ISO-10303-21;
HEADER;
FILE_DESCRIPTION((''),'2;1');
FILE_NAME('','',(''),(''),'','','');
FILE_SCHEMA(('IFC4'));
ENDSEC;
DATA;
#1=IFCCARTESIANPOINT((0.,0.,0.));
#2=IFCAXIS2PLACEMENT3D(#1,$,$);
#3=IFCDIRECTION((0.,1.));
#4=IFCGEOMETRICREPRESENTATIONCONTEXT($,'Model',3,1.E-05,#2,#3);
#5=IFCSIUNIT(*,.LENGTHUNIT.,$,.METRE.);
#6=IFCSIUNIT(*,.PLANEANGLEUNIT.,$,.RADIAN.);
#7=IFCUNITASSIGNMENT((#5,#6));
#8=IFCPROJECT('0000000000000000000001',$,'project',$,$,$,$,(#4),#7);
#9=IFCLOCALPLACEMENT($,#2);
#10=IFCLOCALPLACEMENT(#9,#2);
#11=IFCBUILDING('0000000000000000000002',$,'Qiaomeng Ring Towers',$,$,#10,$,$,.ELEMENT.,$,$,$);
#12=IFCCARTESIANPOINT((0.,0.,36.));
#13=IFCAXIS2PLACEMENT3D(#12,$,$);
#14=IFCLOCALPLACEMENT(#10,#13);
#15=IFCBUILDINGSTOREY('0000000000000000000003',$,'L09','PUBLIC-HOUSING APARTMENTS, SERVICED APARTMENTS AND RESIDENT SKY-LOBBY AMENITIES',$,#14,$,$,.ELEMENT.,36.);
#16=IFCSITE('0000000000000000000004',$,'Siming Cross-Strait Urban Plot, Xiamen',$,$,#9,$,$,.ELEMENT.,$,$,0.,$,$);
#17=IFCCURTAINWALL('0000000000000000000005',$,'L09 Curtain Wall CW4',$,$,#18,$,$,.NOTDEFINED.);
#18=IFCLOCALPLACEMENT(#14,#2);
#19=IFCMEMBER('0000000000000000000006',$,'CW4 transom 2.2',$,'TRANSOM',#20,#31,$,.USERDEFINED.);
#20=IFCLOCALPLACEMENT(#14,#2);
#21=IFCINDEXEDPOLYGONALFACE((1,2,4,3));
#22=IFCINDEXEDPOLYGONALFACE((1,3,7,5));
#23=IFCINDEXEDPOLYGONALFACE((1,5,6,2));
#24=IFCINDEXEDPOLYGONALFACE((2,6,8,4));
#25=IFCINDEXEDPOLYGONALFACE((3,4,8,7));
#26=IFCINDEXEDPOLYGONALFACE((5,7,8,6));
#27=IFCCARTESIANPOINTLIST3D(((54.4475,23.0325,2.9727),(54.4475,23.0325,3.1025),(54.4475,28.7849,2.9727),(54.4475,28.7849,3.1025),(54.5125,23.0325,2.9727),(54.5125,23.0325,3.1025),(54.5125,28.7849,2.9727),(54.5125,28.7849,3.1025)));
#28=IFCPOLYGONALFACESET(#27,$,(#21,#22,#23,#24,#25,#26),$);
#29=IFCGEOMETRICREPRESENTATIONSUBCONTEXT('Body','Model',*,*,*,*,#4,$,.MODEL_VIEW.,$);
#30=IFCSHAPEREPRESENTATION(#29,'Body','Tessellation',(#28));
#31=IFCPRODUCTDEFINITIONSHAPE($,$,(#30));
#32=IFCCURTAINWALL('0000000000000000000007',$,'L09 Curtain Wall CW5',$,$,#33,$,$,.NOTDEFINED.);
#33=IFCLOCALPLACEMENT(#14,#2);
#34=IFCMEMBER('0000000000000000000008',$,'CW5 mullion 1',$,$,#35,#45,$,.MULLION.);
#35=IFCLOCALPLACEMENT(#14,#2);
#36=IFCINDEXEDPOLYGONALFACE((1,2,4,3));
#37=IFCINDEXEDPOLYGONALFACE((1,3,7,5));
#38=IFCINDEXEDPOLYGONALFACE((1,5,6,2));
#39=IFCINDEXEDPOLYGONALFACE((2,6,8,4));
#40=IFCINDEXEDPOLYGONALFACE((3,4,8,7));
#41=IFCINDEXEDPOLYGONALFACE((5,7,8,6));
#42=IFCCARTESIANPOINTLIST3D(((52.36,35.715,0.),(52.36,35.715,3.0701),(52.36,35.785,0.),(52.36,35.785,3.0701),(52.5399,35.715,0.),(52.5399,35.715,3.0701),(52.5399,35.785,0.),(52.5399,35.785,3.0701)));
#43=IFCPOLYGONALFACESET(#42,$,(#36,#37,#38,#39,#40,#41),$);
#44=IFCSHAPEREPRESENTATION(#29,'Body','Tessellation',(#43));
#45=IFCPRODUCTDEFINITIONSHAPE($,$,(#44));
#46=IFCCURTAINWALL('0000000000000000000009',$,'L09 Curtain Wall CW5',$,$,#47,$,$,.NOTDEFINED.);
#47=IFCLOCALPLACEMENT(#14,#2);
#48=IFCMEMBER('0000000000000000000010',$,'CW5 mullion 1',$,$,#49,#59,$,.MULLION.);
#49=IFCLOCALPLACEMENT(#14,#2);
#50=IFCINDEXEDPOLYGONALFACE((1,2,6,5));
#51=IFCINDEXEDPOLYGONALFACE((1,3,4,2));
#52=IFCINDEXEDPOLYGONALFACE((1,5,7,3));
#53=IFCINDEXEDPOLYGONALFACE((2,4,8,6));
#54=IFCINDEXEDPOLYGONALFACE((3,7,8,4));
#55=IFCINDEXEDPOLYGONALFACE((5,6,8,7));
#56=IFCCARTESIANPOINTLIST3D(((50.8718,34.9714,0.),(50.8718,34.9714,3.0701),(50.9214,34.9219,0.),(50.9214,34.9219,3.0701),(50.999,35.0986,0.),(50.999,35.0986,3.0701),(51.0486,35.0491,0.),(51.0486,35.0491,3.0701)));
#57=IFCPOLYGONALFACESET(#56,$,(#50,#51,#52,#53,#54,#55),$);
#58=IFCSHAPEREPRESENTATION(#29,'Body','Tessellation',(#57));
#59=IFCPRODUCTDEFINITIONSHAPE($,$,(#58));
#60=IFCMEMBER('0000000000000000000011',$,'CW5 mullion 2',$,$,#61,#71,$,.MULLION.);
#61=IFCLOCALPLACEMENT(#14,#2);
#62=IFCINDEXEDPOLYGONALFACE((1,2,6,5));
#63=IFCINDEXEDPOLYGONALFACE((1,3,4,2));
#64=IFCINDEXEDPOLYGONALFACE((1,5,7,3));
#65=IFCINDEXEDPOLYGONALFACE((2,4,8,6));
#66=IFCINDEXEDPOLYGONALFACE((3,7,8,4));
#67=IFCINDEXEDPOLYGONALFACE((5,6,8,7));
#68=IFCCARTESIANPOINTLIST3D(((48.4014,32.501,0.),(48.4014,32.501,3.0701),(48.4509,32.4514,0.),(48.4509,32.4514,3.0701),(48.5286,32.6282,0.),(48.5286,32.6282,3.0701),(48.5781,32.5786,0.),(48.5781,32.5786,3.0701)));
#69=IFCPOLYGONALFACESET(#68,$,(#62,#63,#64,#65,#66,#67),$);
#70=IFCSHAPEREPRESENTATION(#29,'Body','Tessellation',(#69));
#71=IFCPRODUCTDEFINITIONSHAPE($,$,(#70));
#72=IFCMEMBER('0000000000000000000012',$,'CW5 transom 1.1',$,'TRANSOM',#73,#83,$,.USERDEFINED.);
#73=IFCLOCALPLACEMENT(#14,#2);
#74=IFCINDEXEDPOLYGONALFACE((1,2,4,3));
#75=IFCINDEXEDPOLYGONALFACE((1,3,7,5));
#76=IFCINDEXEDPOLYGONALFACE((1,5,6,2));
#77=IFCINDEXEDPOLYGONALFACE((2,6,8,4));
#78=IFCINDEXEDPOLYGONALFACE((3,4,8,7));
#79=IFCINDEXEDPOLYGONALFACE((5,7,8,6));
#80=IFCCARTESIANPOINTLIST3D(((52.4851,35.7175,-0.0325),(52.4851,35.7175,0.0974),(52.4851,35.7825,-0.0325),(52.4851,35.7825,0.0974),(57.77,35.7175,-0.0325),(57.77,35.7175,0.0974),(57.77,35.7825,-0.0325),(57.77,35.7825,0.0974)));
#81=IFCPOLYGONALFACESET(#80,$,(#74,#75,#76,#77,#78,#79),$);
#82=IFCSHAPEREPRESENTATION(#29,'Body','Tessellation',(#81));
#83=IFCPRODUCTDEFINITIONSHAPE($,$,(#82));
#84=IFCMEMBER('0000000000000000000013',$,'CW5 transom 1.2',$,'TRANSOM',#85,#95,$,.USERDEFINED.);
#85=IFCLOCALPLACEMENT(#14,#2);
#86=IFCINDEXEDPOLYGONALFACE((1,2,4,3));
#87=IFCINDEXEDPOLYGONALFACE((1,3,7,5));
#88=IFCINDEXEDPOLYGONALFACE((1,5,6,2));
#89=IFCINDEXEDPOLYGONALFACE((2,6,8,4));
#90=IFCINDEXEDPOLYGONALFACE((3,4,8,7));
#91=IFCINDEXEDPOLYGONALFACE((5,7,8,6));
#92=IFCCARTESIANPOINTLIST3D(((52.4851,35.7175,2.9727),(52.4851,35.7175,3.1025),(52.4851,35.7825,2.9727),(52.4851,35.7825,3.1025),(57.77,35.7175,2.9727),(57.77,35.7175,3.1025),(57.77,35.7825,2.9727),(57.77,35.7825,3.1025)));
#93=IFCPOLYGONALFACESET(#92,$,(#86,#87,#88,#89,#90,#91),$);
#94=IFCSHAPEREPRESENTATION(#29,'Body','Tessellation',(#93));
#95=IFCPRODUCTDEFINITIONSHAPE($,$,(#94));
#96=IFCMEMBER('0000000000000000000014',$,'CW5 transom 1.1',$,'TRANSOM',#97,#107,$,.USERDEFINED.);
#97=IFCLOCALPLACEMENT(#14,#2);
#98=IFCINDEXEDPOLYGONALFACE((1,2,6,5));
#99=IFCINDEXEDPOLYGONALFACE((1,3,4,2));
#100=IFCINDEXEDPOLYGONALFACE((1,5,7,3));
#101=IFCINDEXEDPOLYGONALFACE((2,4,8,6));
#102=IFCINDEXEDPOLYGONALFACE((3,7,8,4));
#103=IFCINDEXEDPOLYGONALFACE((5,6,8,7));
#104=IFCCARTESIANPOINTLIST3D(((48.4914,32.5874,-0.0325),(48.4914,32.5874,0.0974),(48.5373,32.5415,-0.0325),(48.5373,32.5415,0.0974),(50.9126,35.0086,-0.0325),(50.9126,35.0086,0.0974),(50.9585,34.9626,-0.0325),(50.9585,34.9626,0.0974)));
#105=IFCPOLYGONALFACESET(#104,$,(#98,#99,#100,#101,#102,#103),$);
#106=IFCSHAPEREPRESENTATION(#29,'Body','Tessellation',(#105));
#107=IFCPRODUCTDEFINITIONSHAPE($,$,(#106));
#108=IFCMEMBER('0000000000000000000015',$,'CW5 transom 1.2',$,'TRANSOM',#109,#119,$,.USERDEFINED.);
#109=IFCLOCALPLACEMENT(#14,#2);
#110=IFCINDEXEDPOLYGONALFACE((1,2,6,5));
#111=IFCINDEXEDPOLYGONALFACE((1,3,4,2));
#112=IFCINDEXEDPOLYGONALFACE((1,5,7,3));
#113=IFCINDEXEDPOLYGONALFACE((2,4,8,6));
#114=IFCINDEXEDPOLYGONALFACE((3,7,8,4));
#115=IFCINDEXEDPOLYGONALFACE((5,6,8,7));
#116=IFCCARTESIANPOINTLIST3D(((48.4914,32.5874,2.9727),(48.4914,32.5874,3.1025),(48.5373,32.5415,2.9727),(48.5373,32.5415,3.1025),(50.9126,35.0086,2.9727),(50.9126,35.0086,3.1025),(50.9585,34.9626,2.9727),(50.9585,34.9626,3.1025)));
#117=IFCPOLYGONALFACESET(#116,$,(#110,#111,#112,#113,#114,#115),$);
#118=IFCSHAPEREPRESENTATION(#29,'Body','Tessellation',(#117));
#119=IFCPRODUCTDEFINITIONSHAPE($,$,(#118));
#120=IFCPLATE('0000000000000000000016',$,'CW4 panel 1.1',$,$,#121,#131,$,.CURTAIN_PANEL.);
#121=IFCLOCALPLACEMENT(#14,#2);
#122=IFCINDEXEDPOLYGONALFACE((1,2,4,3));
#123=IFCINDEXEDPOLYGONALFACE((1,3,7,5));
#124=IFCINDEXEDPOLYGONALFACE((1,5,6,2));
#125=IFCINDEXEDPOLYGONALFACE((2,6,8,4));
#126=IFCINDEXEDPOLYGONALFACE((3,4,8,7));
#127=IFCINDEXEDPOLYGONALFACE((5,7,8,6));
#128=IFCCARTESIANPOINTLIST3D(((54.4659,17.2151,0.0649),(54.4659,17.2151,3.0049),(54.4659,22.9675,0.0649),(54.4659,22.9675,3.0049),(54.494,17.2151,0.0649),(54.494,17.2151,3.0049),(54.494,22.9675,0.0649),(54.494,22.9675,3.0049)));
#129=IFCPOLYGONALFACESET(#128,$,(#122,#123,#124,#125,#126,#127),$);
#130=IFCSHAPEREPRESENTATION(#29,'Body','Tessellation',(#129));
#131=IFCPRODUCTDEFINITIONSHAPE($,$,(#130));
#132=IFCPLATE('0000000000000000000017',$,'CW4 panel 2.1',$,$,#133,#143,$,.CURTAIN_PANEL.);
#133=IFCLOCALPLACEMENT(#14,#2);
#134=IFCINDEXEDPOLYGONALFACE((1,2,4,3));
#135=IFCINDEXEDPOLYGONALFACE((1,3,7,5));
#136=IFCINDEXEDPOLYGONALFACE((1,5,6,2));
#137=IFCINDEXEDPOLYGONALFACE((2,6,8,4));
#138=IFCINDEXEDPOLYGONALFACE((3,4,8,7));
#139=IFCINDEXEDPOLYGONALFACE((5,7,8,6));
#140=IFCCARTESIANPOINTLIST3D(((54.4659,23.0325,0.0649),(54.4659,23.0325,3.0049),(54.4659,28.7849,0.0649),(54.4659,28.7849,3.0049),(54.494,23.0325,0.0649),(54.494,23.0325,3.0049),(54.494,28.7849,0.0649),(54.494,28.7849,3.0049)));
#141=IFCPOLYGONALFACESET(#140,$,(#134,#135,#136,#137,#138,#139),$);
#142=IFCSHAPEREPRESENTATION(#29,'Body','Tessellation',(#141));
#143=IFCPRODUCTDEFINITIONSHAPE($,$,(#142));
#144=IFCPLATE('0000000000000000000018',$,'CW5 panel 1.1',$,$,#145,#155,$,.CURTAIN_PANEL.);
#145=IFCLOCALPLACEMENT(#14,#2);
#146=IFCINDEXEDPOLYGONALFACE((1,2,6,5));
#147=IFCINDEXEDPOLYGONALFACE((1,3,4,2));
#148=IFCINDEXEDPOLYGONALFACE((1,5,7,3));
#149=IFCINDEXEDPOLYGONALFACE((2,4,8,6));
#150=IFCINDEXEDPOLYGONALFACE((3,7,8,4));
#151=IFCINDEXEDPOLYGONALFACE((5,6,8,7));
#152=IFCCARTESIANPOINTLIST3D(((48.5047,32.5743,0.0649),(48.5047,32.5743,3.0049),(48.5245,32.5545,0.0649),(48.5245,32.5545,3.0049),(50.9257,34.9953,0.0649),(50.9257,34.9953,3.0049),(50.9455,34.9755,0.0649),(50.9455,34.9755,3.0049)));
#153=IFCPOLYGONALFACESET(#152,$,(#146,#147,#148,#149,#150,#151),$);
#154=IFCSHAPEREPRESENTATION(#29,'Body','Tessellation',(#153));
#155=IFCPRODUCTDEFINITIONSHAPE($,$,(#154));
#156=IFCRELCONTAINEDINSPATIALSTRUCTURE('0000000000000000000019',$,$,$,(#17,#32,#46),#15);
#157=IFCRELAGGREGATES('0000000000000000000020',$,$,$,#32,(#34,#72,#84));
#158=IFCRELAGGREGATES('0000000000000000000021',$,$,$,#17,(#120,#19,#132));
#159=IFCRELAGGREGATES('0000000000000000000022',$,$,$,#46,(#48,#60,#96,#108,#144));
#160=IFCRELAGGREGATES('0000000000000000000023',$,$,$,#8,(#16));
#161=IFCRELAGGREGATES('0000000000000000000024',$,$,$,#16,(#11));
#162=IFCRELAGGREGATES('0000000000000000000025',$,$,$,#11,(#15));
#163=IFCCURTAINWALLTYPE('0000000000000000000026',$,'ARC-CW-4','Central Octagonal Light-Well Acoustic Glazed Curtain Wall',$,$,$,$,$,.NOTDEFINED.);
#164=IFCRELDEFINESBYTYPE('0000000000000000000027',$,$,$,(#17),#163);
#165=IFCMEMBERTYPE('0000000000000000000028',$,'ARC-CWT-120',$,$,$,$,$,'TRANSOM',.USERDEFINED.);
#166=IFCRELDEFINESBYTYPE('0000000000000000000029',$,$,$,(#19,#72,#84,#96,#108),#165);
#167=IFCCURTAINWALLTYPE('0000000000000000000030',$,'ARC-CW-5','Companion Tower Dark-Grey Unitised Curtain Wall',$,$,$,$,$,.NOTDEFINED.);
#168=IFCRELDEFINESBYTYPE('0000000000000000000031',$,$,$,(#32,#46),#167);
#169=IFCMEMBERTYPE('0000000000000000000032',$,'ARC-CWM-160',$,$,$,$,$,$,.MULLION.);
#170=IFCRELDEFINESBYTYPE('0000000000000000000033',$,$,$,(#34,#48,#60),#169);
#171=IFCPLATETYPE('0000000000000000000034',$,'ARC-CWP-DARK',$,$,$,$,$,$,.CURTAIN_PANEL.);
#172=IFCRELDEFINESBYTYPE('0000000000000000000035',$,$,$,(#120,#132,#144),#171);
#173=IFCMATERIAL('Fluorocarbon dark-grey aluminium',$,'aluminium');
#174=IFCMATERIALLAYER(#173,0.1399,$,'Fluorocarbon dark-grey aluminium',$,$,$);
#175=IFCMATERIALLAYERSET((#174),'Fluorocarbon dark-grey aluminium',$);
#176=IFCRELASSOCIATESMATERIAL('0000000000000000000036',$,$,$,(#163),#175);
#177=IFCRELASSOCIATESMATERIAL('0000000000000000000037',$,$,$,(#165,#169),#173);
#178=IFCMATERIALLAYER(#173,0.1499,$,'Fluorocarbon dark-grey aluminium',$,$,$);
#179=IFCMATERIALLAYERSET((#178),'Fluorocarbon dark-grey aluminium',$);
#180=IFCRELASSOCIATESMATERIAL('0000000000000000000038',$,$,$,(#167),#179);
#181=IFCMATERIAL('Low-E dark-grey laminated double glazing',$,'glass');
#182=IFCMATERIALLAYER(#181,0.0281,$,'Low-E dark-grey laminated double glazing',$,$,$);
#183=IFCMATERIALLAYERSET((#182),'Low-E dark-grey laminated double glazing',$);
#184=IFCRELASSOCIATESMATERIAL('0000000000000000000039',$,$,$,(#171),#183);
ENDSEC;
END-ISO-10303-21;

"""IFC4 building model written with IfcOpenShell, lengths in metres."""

from ifc_helpers import new_model, si_unit, direction, frame, origin, origin_2d, place, context, subcontext, project, spatial, rectangle, extrude, source, transform, mapped, material, layer, layer_set, material_profile, profile_set, type_object, element, aggregate, save


model = new_model("IFC4")

# Units and contexts
model_context = context("Model", 3, precision=1e-05, world=origin(), true_north=direction((0.0, 1.0)))
body_context = subcontext(model_context, "Body", "Model", "MODEL_VIEW")
ifc_project = project(units=[si_unit("LENGTHUNIT", "METRE"), si_unit("PLANEANGLEUNIT", "RADIAN")], contexts=[model_context])

# Site, building, storey
site_placement = place(None, origin())
site = spatial("IfcSite", under=ifc_project, at=site_placement, Name="Siming Cross-Strait Urban Plot, Xiamen", CompositionType="ELEMENT", RefElevation=0.0)
building_placement = place(site_placement, origin())
building = spatial("IfcBuilding", under=site, at=building_placement, Name="Qiaomeng Ring Towers", CompositionType="ELEMENT")
storey_placement = place(building_placement, frame((0.0, 0.0, 36.0)))
storey = spatial("IfcBuildingStorey", under=building, at=storey_placement, Name="L09", Description="PUBLIC-HOUSING APARTMENTS, SERVICED APARTMENTS AND RESIDENT SKY-LOBBY AMENITIES", CompositionType="ELEMENT", Elevation=36.0)

# Curtain wall, member
ifc_material_1 = material(Name="Fluorocarbon dark-grey aluminium", Category="aluminium")
ifc_layer_1 = layer(ifc_material_1, 0.1399, Name="Fluorocarbon dark-grey aluminium")
ifc_layer_set_1 = layer_set([ifc_layer_1], Name="Fluorocarbon dark-grey aluminium")
curtain_wall_type_1 = type_object("IfcCurtainWallType", Name="ARC-CW-4", Description="Central Octagonal Light-Well Acoustic Glazed Curtain Wall", PredefinedType="NOTDEFINED", material=ifc_layer_set_1)
curtain_wall_1_placement = place(storey_placement, origin())
curtain_wall_1 = element("IfcCurtainWall", 1, at=curtain_wall_1_placement, inside=storey, type_object=curtain_wall_type_1, Name="L09 Curtain Wall CW4", PredefinedType="NOTDEFINED")
ifc_material_profile_1 = material_profile(ifc_material_1, rectangle(XDim=0.0649, YDim=0.1299, at=origin_2d()), Name="ALU TRAN 65x130")
ifc_profile_set_1 = profile_set([ifc_material_profile_1], Name="Fluorocarbon dark-grey aluminium")
member_type_1 = type_object("IfcMemberType", Name="ARC-CWT-120", ElementType="TRANSOM", PredefinedType="USERDEFINED", material=ifc_profile_set_1)
shared_shape_1 = source(origin(), body_context, "Body", "SweptSolid", [
    extrude(rectangle(XDim=0.0649, YDim=0.1299, at=origin_2d()), origin(), (0.0, 0.0, 1.0), 5.7524),
])
member_1_placement = place(storey_placement, frame((54.48, 23.0325, 3.0376), z_axis=(0.0, 1.0, 0.0), x_axis=(-1.0, 0.0, 0.0)))
member_1 = element("IfcMember", 2, at=member_1_placement, type_object=member_type_1, Name="CW4 transom 2.2", ObjectType="TRANSOM", PredefinedType="USERDEFINED", context=body_context, shape_type="MappedRepresentation", body=[
    mapped(shared_shape_1, transform((0.0, 0.0, 0.0), x_axis=(1.0, 0.0, 0.0), y_axis=(0.0, 1.0, 0.0), z_axis=(0.0, 0.0, 1.0), scale=1.0)),
])

# Curtain wall, member
ifc_layer_2 = layer(ifc_material_1, 0.1499, Name="Fluorocarbon dark-grey aluminium")
ifc_layer_set_2 = layer_set([ifc_layer_2], Name="Fluorocarbon dark-grey aluminium")
curtain_wall_type_2 = type_object("IfcCurtainWallType", Name="ARC-CW-5", Description="Companion Tower Dark-Grey Unitised Curtain Wall", PredefinedType="NOTDEFINED", material=ifc_layer_set_2)
curtain_wall_2_placement = place(storey_placement, origin())
curtain_wall_2 = element("IfcCurtainWall", 3, at=curtain_wall_2_placement, inside=storey, type_object=curtain_wall_type_2, Name="L09 Curtain Wall CW5", PredefinedType="NOTDEFINED")
ifc_material_profile_2 = material_profile(ifc_material_1, rectangle(XDim=0.0701, YDim=0.1799, at=origin_2d()), Name="ALU MULL 70x180")
ifc_profile_set_2 = profile_set([ifc_material_profile_2], Name="Fluorocarbon dark-grey aluminium")
member_type_2 = type_object("IfcMemberType", Name="ARC-CWM-160", PredefinedType="MULLION", material=ifc_profile_set_2)
shared_shape_2 = source(origin(), body_context, "Body", "SweptSolid", [
    extrude(rectangle(XDim=0.0701, YDim=0.1799, at=origin_2d()), origin(), (0.0, 0.0, 1.0), 3.0701),
])
member_2_placement = place(storey_placement, frame((52.45, 35.75, 0.0), z_axis=(0.0, 0.0, 1.0), x_axis=(0.0, 1.0, 0.0)))
member_2 = element("IfcMember", 4, at=member_2_placement, type_object=member_type_2, Name="CW5 mullion 1", PredefinedType="MULLION", context=body_context, shape_type="MappedRepresentation", body=[
    mapped(shared_shape_2, transform((0.0, 0.0, 0.0), x_axis=(1.0, 0.0, 0.0), y_axis=(0.0, 1.0, 0.0), z_axis=(0.0, 0.0, 1.0), scale=1.0)),
])

# Curtain wall, members
curtain_wall_3_placement = place(storey_placement, origin())
curtain_wall_3 = element("IfcCurtainWall", 5, at=curtain_wall_3_placement, inside=storey, type_object=curtain_wall_type_2, Name="L09 Curtain Wall CW5", PredefinedType="NOTDEFINED")
member_3_placement = place(storey_placement, frame((50.9602, 35.0103, 0.0), z_axis=(0.0, 0.0, 1.0), x_axis=(0.707107, -0.707107, 0.0)))
member_3 = element("IfcMember", 6, at=member_3_placement, type_object=member_type_2, Name="CW5 mullion 1", PredefinedType="MULLION", context=body_context, shape_type="MappedRepresentation", body=[
    mapped(shared_shape_2, transform((0.0, 0.0, 0.0), x_axis=(1.0, 0.0, 0.0), y_axis=(0.0, 1.0, 0.0), z_axis=(0.0, 0.0, 1.0), scale=1.0)),
])
member_4_placement = place(storey_placement, frame((48.4897, 32.5398, 0.0), z_axis=(0.0, 0.0, 1.0), x_axis=(0.707107, -0.707107, 0.0)))
member_4 = element("IfcMember", 7, at=member_4_placement, type_object=member_type_2, Name="CW5 mullion 2", PredefinedType="MULLION", context=body_context, shape_type="MappedRepresentation", body=[
    mapped(shared_shape_2, transform((0.0, 0.0, 0.0), x_axis=(1.0, 0.0, 0.0), y_axis=(0.0, 1.0, 0.0), z_axis=(0.0, 0.0, 1.0), scale=1.0)),
])

# Members
shared_shape_3 = source(origin(), body_context, "Body", "SweptSolid", [
    extrude(rectangle(XDim=0.0649, YDim=0.1299, at=origin_2d()), origin(), (0.0, 0.0, 1.0), 5.2849),
])
member_5_placement = place(storey_placement, frame((52.4851, 35.75, 0.0325), z_axis=(1.0, 0.0, 0.0), x_axis=(0.0, 1.0, 0.0)))
member_5 = element("IfcMember", 8, at=member_5_placement, type_object=member_type_1, Name="CW5 transom 1.1", ObjectType="TRANSOM", PredefinedType="USERDEFINED", context=body_context, shape_type="MappedRepresentation", body=[
    mapped(shared_shape_3, transform((0.0, 0.0, 0.0), x_axis=(1.0, 0.0, 0.0), y_axis=(0.0, 1.0, 0.0), z_axis=(0.0, 0.0, 1.0), scale=1.0)),
])
member_6_placement = place(storey_placement, frame((52.4851, 35.75, 3.0376), z_axis=(1.0, 0.0, 0.0), x_axis=(0.0, 1.0, 0.0)))
member_6 = element("IfcMember", 9, at=member_6_placement, type_object=member_type_1, Name="CW5 transom 1.2", ObjectType="TRANSOM", PredefinedType="USERDEFINED", context=body_context, shape_type="MappedRepresentation", body=[
    mapped(shared_shape_3, transform((0.0, 0.0, 0.0), x_axis=(1.0, 0.0, 0.0), y_axis=(0.0, 1.0, 0.0), z_axis=(0.0, 0.0, 1.0), scale=1.0)),
])
aggregate(curtain_wall_2, [member_2, member_5, member_6])
shared_shape_4 = source(origin(), body_context, "Body", "SweptSolid", [
    extrude(rectangle(XDim=0.0649, YDim=0.1299, at=origin_2d()), origin(), (0.0, 0.0, 1.0), 3.4241),
])
member_7_placement = place(storey_placement, frame((50.9355, 34.9856, 0.0325), z_axis=(-0.707107, -0.707107, 0.0), x_axis=(0.707107, -0.707107, 0.0)))
member_7 = element("IfcMember", 10, at=member_7_placement, type_object=member_type_1, Name="CW5 transom 1.1", ObjectType="TRANSOM", PredefinedType="USERDEFINED", context=body_context, shape_type="MappedRepresentation", body=[
    mapped(shared_shape_4, transform((0.0, 0.0, 0.0), x_axis=(1.0, 0.0, 0.0), y_axis=(0.0, 1.0, 0.0), z_axis=(0.0, 0.0, 1.0), scale=1.0)),
])
member_8_placement = place(storey_placement, frame((50.9355, 34.9856, 3.0376), z_axis=(-0.707107, -0.707107, 0.0), x_axis=(0.707107, -0.707107, 0.0)))
member_8 = element("IfcMember", 11, at=member_8_placement, type_object=member_type_1, Name="CW5 transom 1.2", ObjectType="TRANSOM", PredefinedType="USERDEFINED", context=body_context, shape_type="MappedRepresentation", body=[
    mapped(shared_shape_4, transform((0.0, 0.0, 0.0), x_axis=(1.0, 0.0, 0.0), y_axis=(0.0, 1.0, 0.0), z_axis=(0.0, 0.0, 1.0), scale=1.0)),
])

# Plates
ifc_material_2 = material(Name="Low-E dark-grey laminated double glazing", Category="glass")
ifc_layer_3 = layer(ifc_material_2, 0.0281, Name="Low-E dark-grey laminated double glazing")
ifc_layer_set_3 = layer_set([ifc_layer_3], Name="Low-E dark-grey laminated double glazing")
plate_type = type_object("IfcPlateType", Name="ARC-CWP-DARK", PredefinedType="CURTAIN_PANEL", material=ifc_layer_set_3)
shared_shape_5 = source(origin(), body_context, "Body", "SweptSolid", [
    extrude(rectangle(XDim=5.7524, YDim=0.0281, at=origin_2d()), origin(), (0.0, 0.0, 1.0), 2.9399),
])
plate_1_placement = place(storey_placement, frame((54.48, 20.0913, 0.0649), z_axis=(0.0, 0.0, 1.0), x_axis=(0.0, 1.0, 0.0)))
plate_1 = element("IfcPlate", 12, at=plate_1_placement, type_object=plate_type, Name="CW4 panel 1.1", PredefinedType="CURTAIN_PANEL", context=body_context, shape_type="MappedRepresentation", body=[
    mapped(shared_shape_5, transform((0.0, 0.0, 0.0), x_axis=(1.0, 0.0, 0.0), y_axis=(0.0, 1.0, 0.0), z_axis=(0.0, 0.0, 1.0), scale=1.0)),
])
plate_2_placement = place(storey_placement, frame((54.48, 25.9087, 0.0649), z_axis=(0.0, 0.0, 1.0), x_axis=(0.0, 1.0, 0.0)))
plate_2 = element("IfcPlate", 13, at=plate_2_placement, type_object=plate_type, Name="CW4 panel 2.1", PredefinedType="CURTAIN_PANEL", context=body_context, shape_type="MappedRepresentation", body=[
    mapped(shared_shape_5, transform((0.0, 0.0, 0.0), x_axis=(1.0, 0.0, 0.0), y_axis=(0.0, 1.0, 0.0), z_axis=(0.0, 0.0, 1.0), scale=1.0)),
])
aggregate(curtain_wall_1, [plate_1, member_1, plate_2])
shared_shape_6 = source(origin(), body_context, "Body", "SweptSolid", [
    extrude(rectangle(XDim=3.4238, YDim=0.0281, at=origin_2d()), origin(), (0.0, 0.0, 1.0), 2.9399),
])
plate_3_placement = place(storey_placement, frame((49.7251, 33.7749, 0.0649), z_axis=(0.0, 0.0, 1.0), x_axis=(-0.707107, -0.707107, 0.0)))
plate_3 = element("IfcPlate", 14, at=plate_3_placement, type_object=plate_type, Name="CW5 panel 1.1", PredefinedType="CURTAIN_PANEL", context=body_context, shape_type="MappedRepresentation", body=[
    mapped(shared_shape_6, transform((0.0, 0.0, 0.0), x_axis=(1.0, 0.0, 0.0), y_axis=(0.0, 1.0, 0.0), z_axis=(0.0, 0.0, 1.0), scale=1.0)),
])
aggregate(curtain_wall_3, [member_3, member_4, member_7, member_8, plate_3])

save(model, "model.ifc")
